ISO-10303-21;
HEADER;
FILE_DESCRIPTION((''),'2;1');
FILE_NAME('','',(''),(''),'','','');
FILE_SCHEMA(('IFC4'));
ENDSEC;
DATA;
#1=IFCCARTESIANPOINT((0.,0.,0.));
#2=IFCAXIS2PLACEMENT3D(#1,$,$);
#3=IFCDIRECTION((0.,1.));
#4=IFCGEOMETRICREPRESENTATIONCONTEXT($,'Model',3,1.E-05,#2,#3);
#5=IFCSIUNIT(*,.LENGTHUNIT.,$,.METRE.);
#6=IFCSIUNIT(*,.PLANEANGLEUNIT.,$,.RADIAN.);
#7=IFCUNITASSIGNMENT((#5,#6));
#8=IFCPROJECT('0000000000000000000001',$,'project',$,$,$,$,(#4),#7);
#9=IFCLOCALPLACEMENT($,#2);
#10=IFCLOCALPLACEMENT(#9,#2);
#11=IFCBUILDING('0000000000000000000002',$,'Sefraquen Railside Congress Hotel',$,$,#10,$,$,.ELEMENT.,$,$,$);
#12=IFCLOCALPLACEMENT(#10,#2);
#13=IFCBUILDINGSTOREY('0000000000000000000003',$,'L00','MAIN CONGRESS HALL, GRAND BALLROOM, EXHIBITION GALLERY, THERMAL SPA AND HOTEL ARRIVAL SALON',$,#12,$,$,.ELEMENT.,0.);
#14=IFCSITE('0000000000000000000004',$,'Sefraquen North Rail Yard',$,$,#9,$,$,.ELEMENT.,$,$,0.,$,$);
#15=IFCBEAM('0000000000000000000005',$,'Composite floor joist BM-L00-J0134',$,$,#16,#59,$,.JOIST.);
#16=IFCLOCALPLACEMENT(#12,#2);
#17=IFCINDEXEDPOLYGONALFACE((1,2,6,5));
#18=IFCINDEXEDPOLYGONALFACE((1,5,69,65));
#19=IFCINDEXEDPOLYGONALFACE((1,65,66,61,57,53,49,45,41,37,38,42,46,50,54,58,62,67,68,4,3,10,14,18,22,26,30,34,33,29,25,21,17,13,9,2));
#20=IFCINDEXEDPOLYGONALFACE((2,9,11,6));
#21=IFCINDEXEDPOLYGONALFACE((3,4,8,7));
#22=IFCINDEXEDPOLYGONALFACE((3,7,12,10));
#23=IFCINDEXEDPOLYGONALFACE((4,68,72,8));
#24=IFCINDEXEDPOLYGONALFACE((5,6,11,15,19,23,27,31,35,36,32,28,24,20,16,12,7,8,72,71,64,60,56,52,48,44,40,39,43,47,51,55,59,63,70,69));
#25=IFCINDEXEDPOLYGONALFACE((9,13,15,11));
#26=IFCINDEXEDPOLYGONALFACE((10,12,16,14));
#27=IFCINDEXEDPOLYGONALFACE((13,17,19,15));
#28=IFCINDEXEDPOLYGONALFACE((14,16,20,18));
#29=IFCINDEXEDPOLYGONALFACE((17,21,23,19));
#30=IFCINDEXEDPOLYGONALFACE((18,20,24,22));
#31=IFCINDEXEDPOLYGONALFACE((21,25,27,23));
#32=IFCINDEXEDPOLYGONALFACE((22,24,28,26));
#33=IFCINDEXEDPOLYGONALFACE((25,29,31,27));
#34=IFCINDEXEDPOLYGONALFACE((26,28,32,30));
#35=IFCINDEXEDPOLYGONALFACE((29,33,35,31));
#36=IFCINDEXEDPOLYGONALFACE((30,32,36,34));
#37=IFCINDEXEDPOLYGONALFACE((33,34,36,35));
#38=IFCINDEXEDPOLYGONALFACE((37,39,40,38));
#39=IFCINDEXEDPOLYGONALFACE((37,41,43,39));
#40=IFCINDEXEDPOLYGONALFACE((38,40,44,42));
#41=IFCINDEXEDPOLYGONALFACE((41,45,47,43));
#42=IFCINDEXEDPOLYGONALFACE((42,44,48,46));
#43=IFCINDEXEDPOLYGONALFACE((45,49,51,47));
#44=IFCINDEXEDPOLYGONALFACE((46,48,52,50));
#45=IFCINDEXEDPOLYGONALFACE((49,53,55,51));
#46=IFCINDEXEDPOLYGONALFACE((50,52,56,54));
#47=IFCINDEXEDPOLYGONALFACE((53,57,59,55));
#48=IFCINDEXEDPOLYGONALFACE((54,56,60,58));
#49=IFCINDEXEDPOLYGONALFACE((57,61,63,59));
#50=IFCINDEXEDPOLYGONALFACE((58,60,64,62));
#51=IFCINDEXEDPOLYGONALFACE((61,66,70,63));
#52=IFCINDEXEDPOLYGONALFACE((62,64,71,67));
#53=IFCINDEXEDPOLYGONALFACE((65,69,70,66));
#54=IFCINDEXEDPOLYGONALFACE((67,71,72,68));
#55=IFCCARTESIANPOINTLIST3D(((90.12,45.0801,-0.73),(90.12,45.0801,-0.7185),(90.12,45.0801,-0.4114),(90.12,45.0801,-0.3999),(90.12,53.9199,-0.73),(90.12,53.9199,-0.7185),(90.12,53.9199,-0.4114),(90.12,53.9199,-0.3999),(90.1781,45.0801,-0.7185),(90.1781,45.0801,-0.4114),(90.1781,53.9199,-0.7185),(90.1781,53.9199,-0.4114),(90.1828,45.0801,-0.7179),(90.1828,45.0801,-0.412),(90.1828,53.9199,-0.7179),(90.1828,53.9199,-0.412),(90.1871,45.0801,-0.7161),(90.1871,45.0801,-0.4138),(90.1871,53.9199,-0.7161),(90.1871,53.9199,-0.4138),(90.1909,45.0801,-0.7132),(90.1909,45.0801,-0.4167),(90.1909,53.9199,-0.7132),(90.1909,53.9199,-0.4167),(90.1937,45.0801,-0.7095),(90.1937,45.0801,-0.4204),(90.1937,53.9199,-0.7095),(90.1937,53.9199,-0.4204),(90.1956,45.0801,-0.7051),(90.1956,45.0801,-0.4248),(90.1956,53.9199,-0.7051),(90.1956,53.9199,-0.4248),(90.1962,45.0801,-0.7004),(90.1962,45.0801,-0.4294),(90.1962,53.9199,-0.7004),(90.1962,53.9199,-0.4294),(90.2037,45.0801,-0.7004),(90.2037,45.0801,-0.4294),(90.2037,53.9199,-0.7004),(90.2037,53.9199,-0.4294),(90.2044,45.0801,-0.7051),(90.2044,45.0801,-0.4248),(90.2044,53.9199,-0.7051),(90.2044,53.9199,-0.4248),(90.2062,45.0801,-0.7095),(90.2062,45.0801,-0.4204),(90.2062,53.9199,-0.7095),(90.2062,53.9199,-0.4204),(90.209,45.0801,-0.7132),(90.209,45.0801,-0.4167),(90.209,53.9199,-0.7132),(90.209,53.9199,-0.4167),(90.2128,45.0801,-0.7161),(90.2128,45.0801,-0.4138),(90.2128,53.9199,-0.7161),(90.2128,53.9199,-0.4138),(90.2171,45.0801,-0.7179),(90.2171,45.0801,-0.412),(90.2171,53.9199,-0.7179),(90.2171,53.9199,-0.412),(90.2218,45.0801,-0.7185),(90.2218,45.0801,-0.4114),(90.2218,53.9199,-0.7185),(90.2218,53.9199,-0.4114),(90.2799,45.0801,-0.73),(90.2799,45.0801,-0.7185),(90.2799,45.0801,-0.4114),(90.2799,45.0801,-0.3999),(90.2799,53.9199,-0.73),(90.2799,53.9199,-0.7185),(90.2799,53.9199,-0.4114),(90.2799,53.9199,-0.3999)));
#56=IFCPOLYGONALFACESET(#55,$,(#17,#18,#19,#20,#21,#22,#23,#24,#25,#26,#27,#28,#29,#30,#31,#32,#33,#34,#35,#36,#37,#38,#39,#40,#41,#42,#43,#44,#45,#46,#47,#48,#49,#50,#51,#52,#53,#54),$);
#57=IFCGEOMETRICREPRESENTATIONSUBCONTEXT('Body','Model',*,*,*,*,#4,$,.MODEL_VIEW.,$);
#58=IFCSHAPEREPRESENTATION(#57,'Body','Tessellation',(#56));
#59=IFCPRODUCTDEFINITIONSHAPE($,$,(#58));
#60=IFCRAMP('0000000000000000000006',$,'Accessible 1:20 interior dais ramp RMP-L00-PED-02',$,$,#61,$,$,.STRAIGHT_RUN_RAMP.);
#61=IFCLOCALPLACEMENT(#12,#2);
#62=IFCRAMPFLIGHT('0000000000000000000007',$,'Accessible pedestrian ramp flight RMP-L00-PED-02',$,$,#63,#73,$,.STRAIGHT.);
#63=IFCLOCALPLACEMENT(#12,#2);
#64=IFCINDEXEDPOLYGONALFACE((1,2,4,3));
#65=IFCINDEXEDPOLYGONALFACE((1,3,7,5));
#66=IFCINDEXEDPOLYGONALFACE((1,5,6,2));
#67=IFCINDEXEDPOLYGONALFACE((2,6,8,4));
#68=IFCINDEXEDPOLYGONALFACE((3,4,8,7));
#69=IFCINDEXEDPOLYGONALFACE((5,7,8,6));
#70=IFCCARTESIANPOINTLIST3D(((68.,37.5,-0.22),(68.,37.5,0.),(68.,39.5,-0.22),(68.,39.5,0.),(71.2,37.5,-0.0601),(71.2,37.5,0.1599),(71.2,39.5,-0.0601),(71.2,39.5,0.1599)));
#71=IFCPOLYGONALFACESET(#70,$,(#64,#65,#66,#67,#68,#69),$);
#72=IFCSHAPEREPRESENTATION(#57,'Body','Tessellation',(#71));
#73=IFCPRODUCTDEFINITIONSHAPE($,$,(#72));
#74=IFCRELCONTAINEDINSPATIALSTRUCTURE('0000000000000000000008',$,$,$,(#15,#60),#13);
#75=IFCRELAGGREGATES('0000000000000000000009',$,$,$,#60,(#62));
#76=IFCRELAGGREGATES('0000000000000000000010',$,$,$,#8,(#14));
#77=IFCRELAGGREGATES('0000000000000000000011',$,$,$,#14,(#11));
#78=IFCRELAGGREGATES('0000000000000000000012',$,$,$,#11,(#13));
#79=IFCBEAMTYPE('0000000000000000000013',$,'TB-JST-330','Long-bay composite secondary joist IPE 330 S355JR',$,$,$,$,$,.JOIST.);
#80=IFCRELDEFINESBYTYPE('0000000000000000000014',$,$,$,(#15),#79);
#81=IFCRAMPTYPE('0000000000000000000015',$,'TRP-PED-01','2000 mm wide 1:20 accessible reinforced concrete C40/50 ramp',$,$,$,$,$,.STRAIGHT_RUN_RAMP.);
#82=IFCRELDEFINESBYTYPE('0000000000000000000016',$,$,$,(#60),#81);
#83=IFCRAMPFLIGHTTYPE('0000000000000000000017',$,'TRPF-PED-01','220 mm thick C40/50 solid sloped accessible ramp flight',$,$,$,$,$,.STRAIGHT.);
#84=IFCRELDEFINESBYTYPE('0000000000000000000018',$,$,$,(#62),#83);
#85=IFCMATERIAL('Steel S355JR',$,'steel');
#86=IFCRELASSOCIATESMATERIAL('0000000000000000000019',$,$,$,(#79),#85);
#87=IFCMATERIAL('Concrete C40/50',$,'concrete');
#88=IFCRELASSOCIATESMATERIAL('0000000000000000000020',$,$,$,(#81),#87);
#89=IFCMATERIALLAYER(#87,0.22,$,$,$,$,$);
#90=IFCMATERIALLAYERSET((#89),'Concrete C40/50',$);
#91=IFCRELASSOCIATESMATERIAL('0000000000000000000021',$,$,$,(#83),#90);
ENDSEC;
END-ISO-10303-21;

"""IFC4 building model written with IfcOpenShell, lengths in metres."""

from ifc_helpers import new_model, si_unit, direction, frame, origin, origin_2d, place, context, subcontext, project, spatial, polyline, i_section, outline, extrude, material, layer, layer_set, material_profile, profile_set, type_object, element, aggregate, save


model = new_model("IFC4")

# Units and contexts
model_context = context("Model", 3, precision=1e-05, world=origin(), true_north=direction((0.0, 1.0)))
body_context = subcontext(model_context, "Body", "Model", "MODEL_VIEW")
ifc_project = project(units=[si_unit("LENGTHUNIT", "METRE"), si_unit("PLANEANGLEUNIT", "RADIAN")], contexts=[model_context])

# Site, building, storey
site_placement = place(None, origin())
site = spatial("IfcSite", under=ifc_project, at=site_placement, Name="Sefraquen North Rail Yard", CompositionType="ELEMENT", RefElevation=0.0)
building_placement = place(site_placement, origin())
building = spatial("IfcBuilding", under=site, at=building_placement, Name="Sefraquen Railside Congress Hotel", CompositionType="ELEMENT")
storey_placement = place(building_placement, origin())
storey = spatial("IfcBuildingStorey", under=building, at=storey_placement, Name="L00", Description="MAIN CONGRESS HALL, GRAND BALLROOM, EXHIBITION GALLERY, THERMAL SPA AND HOTEL ARRIVAL SALON", CompositionType="ELEMENT", Elevation=0.0)

# Shared definitions
ifc_material_1 = material(Name="Steel S355JR", Category="steel")

# Beam
ifc_material_profile_1 = material_profile(ifc_material_1, i_section(OverallWidth=0.1599, OverallDepth=0.3301, WebThickness=0.0076, FlangeThickness=0.0115, FilletRadius=0.0181, at=origin_2d()), Name="IPE 330")
ifc_profile_set_1 = profile_set([ifc_material_profile_1], Name="Steel S355JR")
beam_type_1 = type_object("IfcBeamType", Name="TB-JST-330", Description="Long-bay composite secondary joist IPE 330 S355JR", PredefinedType="JOIST", material=ifc_profile_set_1)
for number, where, z_axis, x_axis, name in (
    (1, (90.2, 45.0801, -0.5649), (0.0, 1.0, 0.0), (-1.0, 0.0, 0.0), "Composite floor joist BM-L00-J0134"),
):
    element("IfcBeam", number, at=place(storey_placement, frame(where, z_axis=z_axis, x_axis=x_axis)), inside=storey, type_object=beam_type_1, Name=name, PredefinedType="JOIST", context=body_context, shape_type="SweptSolid", body=[
        extrude(i_section(OverallWidth=0.1599, OverallDepth=0.3301, WebThickness=0.0076, FlangeThickness=0.0115, FilletRadius=0.0181, at=origin_2d()), origin(), (0.0, 0.0, 1.0), 8.8398),
    ])

# Ramp, ramp flight
ifc_material_2 = material(Name="Concrete C40/50", Category="concrete")
ramp_type = type_object("IfcRampType", Name="TRP-PED-01", Description="2000 mm wide 1:20 accessible reinforced concrete C40/50 ramp", PredefinedType="STRAIGHT_RUN_RAMP", material=ifc_material_2)
ramp_placement = place(storey_placement, origin())
ramp = element("IfcRamp", 2, at=ramp_placement, inside=storey, type_object=ramp_type, Name="Accessible 1:20 interior dais ramp RMP-L00-PED-02", PredefinedType="STRAIGHT_RUN_RAMP")
ifc_layer = layer(ifc_material_2, 0.22)
ifc_layer_set = layer_set([ifc_layer], Name="Concrete C40/50")
ramp_flight_type = type_object("IfcRampFlightType", Name="TRPF-PED-01", Description="220 mm thick C40/50 solid sloped accessible ramp flight", PredefinedType="STRAIGHT", material=ifc_layer_set)
ramp_flight_placement = place(storey_placement, frame((68.0, 38.5, 0.0), z_axis=(0.0, 0.0, 1.0), x_axis=(1.0, 0.0, 0.0)))
ramp_flight = element("IfcRampFlight", 3, at=ramp_flight_placement, type_object=ramp_flight_type, Name="Accessible pedestrian ramp flight RMP-L00-PED-02", PredefinedType="STRAIGHT", context=body_context, shape_type="SweptSolid", body=[
    extrude(outline(polyline([(0.0, 0.0), (0.0, -0.22), (3.2, -0.0601), (3.2, 0.1599), (0.0, 0.0)])), frame((0.0, 1.0, 0.0), z_axis=(0.0, -1.0, 0.0), x_axis=(1.0, 0.0, 0.0)), (0.0, 0.0, 1.0), 2.0),
])
aggregate(ramp, [ramp_flight])

save(model, "model.ifc")
